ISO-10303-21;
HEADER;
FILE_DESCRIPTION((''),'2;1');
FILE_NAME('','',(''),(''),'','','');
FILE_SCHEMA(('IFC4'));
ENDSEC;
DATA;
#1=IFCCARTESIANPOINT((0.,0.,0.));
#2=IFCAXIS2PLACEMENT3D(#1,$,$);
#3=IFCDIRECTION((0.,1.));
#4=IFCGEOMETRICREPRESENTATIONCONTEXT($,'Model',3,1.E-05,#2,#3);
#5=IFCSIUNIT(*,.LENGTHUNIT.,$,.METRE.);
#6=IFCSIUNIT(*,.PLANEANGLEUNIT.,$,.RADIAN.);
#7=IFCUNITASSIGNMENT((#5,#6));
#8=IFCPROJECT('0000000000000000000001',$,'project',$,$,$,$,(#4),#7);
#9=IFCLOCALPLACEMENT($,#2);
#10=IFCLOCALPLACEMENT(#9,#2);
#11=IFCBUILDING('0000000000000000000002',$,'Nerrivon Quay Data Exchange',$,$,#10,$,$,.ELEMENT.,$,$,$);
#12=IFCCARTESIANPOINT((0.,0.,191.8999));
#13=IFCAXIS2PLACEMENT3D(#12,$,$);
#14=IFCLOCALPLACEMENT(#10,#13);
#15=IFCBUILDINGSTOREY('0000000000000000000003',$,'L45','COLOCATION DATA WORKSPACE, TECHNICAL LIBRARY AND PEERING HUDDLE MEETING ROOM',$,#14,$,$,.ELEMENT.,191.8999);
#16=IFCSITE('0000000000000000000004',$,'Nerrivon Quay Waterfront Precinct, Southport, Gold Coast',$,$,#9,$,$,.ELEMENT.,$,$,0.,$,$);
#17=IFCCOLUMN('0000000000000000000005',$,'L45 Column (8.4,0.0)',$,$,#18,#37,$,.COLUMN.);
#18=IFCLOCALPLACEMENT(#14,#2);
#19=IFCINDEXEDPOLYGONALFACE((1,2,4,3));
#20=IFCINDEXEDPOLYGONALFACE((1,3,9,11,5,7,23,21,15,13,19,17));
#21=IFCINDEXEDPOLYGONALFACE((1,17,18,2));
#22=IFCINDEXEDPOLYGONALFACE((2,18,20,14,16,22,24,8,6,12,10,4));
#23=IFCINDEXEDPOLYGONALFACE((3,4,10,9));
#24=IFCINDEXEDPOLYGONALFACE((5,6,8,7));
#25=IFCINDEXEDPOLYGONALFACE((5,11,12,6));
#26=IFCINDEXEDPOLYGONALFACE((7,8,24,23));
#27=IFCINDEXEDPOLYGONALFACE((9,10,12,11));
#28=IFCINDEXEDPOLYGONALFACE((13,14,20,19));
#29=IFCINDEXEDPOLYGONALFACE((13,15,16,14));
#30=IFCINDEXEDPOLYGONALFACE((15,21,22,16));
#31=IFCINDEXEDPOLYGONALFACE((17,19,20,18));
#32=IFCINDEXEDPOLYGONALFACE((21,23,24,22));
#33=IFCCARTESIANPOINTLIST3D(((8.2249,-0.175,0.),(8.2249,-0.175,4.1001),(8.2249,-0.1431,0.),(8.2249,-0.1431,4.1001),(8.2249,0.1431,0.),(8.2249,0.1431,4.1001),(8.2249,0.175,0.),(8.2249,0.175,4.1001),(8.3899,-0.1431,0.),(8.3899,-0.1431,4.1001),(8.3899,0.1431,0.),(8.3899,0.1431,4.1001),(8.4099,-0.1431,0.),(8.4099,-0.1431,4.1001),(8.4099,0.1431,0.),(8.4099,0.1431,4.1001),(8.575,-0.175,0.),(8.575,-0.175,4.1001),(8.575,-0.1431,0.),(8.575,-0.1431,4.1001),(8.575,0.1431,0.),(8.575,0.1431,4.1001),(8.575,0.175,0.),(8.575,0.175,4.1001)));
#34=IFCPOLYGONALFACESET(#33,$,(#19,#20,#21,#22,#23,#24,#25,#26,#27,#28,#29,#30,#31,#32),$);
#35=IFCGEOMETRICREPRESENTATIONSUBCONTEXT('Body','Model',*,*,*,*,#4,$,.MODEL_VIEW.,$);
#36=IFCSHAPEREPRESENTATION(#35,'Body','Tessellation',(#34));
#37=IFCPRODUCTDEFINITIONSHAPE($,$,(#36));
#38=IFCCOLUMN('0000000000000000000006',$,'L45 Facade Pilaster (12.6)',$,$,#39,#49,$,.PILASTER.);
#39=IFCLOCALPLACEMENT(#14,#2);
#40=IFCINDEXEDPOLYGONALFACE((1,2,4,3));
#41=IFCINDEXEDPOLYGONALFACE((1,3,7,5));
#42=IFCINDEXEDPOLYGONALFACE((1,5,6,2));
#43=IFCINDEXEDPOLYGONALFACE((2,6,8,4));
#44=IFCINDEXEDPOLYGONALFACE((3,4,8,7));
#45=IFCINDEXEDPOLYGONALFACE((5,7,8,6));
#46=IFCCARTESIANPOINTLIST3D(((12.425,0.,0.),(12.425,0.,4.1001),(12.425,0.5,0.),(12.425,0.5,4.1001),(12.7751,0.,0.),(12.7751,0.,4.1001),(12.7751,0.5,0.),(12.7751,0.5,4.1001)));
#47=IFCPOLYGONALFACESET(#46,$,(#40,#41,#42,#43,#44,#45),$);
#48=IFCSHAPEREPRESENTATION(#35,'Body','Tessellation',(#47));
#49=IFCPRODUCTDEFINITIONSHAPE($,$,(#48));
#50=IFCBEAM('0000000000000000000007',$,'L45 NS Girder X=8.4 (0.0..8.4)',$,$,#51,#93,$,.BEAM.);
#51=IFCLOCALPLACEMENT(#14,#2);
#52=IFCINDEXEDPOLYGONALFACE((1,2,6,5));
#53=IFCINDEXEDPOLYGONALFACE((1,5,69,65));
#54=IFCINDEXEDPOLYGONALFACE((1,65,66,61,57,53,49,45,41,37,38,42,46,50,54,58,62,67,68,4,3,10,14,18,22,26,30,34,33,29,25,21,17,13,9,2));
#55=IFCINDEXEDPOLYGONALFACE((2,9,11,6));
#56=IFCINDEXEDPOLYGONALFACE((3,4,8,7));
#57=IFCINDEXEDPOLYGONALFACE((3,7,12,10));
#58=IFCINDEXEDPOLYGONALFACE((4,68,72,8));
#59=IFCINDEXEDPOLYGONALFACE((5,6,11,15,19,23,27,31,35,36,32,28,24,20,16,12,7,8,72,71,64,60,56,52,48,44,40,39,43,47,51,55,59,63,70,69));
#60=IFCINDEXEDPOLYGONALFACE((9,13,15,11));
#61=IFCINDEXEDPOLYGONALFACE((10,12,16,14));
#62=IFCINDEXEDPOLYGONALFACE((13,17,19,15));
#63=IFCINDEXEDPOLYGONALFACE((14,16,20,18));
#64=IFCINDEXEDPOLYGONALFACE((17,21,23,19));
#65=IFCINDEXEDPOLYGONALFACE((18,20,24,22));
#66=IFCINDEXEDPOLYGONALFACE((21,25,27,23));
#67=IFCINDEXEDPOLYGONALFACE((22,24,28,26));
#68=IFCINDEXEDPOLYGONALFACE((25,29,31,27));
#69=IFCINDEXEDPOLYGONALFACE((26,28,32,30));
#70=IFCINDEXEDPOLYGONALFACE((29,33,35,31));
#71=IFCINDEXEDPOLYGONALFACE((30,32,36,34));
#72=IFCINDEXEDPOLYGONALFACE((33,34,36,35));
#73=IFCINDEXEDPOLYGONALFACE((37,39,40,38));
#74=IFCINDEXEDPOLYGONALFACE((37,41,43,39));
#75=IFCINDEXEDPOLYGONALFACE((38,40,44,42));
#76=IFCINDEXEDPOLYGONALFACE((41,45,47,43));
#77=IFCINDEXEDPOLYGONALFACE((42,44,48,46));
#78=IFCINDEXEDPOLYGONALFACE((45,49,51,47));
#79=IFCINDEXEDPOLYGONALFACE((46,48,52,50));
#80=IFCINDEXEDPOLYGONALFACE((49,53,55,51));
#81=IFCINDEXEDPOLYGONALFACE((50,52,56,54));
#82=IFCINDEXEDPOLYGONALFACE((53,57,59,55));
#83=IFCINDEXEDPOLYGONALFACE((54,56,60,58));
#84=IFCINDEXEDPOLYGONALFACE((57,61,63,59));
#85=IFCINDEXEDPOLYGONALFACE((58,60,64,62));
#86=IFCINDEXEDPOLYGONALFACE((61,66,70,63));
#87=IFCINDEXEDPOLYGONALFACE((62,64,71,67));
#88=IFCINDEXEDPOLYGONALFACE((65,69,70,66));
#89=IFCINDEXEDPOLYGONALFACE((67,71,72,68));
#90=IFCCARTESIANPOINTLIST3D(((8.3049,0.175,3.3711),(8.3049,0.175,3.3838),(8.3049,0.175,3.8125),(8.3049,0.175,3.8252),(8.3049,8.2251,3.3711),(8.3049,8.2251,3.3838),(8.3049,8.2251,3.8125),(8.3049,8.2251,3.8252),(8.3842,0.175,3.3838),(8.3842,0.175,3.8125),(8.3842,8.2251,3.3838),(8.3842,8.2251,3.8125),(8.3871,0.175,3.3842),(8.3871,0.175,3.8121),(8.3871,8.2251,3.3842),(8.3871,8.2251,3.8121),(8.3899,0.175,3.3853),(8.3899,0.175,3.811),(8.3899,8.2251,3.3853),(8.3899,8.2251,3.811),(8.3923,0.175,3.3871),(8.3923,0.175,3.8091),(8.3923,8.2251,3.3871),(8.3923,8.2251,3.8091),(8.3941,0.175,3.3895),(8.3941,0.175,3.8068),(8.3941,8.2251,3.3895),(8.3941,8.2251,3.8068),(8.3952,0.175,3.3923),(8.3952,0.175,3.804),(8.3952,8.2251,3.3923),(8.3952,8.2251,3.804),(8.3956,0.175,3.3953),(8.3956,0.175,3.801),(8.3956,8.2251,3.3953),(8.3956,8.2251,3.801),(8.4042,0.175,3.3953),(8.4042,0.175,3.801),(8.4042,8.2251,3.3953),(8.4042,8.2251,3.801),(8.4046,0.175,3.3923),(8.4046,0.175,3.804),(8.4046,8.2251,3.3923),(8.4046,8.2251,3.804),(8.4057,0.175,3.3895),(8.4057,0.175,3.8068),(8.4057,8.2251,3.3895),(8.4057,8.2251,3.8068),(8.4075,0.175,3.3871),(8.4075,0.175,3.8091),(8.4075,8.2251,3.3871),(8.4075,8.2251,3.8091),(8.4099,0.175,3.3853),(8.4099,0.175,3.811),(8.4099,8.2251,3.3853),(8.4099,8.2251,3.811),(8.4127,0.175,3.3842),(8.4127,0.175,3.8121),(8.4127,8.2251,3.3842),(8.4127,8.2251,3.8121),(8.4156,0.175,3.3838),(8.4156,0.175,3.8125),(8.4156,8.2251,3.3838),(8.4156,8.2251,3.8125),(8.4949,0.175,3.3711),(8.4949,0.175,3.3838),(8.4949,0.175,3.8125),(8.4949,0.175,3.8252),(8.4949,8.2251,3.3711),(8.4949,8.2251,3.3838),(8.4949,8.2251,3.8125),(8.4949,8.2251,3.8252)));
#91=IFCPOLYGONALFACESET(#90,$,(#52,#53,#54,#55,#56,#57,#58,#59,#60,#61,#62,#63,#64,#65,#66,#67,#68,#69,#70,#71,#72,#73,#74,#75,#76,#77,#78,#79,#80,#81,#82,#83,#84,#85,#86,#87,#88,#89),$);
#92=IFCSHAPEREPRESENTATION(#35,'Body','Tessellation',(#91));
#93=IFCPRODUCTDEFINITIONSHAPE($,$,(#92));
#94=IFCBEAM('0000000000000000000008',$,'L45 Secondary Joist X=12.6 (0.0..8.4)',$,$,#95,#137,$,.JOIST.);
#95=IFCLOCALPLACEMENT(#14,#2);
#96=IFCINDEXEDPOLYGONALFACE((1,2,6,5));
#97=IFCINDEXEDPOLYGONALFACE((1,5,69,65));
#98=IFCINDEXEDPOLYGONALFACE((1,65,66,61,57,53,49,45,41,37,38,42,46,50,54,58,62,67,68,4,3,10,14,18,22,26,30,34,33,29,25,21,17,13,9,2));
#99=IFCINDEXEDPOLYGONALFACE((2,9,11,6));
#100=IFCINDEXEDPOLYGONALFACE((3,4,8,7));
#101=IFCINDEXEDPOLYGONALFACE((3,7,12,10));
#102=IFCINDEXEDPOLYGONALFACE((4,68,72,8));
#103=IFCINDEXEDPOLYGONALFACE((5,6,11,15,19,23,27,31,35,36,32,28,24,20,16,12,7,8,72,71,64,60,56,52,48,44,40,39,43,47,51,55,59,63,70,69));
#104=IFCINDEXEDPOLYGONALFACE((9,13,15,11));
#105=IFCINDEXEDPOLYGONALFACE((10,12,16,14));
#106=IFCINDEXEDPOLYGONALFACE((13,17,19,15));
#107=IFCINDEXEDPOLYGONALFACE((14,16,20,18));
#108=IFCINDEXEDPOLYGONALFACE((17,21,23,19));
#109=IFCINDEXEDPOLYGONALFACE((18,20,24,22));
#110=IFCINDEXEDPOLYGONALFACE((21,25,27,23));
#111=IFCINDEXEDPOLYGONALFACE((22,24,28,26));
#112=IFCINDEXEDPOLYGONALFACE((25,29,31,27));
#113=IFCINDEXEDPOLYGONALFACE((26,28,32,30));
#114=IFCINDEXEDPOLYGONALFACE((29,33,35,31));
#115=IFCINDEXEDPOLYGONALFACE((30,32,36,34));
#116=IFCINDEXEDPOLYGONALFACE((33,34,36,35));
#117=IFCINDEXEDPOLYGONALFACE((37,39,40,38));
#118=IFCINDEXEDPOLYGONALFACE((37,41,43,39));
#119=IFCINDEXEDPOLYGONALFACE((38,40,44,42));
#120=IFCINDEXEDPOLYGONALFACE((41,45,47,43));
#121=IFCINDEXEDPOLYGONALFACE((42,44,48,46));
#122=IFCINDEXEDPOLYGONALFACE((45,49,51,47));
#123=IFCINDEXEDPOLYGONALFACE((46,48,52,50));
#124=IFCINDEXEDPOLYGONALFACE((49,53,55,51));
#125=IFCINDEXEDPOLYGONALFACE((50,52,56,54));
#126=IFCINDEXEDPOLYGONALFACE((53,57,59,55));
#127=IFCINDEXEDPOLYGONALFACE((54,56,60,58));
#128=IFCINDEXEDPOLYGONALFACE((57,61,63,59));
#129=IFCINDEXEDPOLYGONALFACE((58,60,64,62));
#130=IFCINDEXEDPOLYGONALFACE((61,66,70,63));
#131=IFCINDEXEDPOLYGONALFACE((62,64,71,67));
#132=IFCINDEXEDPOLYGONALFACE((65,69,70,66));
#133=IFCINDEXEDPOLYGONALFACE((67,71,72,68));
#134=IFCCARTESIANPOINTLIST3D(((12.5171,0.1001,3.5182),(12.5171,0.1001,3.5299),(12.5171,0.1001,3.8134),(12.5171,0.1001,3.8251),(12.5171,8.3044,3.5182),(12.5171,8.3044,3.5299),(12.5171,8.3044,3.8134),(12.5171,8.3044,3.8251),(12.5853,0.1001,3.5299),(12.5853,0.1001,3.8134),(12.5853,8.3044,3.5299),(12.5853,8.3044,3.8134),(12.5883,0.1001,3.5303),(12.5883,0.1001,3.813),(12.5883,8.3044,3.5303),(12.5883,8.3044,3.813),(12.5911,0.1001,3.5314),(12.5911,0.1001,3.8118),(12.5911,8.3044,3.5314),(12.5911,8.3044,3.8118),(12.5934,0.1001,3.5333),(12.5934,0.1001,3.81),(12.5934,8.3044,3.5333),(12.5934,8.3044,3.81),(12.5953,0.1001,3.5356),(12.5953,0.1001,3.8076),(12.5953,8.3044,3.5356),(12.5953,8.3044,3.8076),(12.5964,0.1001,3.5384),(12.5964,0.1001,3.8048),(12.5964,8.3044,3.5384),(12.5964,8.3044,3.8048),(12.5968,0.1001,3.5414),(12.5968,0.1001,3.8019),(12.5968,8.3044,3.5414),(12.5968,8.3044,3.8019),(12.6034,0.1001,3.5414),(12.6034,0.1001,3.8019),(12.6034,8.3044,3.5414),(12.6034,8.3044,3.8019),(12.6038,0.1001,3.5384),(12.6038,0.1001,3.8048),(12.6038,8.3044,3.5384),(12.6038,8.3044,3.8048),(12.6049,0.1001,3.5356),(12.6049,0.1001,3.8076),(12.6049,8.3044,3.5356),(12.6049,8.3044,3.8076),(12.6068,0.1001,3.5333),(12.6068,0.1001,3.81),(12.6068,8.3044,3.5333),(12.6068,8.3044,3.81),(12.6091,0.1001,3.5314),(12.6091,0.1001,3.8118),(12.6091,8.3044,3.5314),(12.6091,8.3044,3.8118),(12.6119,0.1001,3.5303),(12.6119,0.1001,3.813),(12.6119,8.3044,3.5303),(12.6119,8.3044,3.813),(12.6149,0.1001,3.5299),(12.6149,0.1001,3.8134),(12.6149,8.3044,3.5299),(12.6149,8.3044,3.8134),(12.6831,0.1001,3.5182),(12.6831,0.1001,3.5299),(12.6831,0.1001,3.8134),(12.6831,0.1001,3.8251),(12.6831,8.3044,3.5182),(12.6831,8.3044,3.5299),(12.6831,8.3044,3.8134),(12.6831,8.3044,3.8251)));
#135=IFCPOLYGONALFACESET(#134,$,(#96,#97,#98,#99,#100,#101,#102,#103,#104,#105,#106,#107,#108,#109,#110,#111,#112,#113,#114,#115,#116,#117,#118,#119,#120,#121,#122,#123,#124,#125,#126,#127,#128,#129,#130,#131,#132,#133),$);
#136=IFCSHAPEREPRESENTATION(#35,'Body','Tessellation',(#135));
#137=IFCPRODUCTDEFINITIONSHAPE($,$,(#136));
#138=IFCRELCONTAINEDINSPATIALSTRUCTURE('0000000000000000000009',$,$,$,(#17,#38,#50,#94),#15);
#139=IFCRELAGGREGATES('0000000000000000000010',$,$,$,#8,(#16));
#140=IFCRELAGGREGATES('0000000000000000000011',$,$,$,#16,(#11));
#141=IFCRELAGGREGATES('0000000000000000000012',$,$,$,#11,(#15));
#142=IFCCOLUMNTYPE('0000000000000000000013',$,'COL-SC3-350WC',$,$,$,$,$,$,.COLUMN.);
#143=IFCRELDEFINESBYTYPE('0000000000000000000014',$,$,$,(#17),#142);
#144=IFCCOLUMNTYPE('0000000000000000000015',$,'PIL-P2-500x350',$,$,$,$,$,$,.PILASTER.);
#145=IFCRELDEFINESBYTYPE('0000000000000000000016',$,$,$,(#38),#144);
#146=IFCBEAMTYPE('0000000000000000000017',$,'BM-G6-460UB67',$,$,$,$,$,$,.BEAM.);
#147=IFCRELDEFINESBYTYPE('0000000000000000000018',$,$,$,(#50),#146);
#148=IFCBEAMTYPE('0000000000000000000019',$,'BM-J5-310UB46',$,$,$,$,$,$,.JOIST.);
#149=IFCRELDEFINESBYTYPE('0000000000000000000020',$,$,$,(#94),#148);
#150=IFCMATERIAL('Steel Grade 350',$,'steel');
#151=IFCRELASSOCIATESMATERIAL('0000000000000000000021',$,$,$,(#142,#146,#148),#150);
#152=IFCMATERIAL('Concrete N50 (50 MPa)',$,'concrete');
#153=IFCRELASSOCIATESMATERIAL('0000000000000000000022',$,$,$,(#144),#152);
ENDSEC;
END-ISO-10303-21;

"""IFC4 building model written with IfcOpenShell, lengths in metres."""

from ifc_helpers import new_model, si_unit, direction, frame, origin, origin_2d, place, context, subcontext, project, spatial, rectangle, i_section, extrude, material, material_profile, profile_set, type_object, element, save


model = new_model("IFC4")

# Units and contexts
model_context = context("Model", 3, precision=1e-05, world=origin(), true_north=direction((0.0, 1.0)))
body_context = subcontext(model_context, "Body", "Model", "MODEL_VIEW")
ifc_project = project(units=[si_unit("LENGTHUNIT", "METRE"), si_unit("PLANEANGLEUNIT", "RADIAN")], contexts=[model_context])

# Site, building, storey
site_placement = place(None, origin())
site = spatial("IfcSite", under=ifc_project, at=site_placement, Name="Nerrivon Quay Waterfront Precinct, Southport, Gold Coast", CompositionType="ELEMENT", RefElevation=0.0)
building_placement = place(site_placement, origin())
building = spatial("IfcBuilding", under=site, at=building_placement, Name="Nerrivon Quay Data Exchange", CompositionType="ELEMENT")
storey_placement = place(building_placement, frame((0.0, 0.0, 191.8999)))
storey = spatial("IfcBuildingStorey", under=building, at=storey_placement, Name="L45", Description="COLOCATION DATA WORKSPACE, TECHNICAL LIBRARY AND PEERING HUDDLE MEETING ROOM", CompositionType="ELEMENT", Elevation=191.8999)

# Columns
ifc_material_1 = material(Name="Steel Grade 350", Category="steel")
ifc_material_profile_1 = material_profile(ifc_material_1, i_section(OverallWidth=0.3501, OverallDepth=0.3501, WebThickness=0.02, FlangeThickness=0.032, at=origin_2d()), Name="350WC230")
ifc_profile_set_1 = profile_set([ifc_material_profile_1], Name="Steel Grade 350")
column_type_1 = type_object("IfcColumnType", Name="COL-SC3-350WC", PredefinedType="COLUMN", material=ifc_profile_set_1)
column_1_placement = place(storey_placement, frame((8.3999, 0.0, 0.0), z_axis=(0.0, 0.0, 1.0), x_axis=(1.0, 0.0, 0.0)))
element("IfcColumn", 1, at=column_1_placement, inside=storey, type_object=column_type_1, Name="L45 Column (8.4,0.0)", PredefinedType="COLUMN", context=body_context, shape_type="SweptSolid", body=[
    extrude(i_section(OverallWidth=0.3501, OverallDepth=0.3501, WebThickness=0.02, FlangeThickness=0.032, at=origin_2d()), origin(), (0.0, 0.0, 1.0), 4.1001),
])
ifc_material_2 = material(Name="Concrete N50 (50 MPa)", Category="concrete")
ifc_material_profile_2 = material_profile(ifc_material_2, rectangle(XDim=0.3501, YDim=0.5, at=origin_2d()), Name="RC-PIL-500x350")
ifc_profile_set_2 = profile_set([ifc_material_profile_2], Name="Concrete N50 (50 MPa)")
column_type_2 = type_object("IfcColumnType", Name="PIL-P2-500x350", PredefinedType="PILASTER", material=ifc_profile_set_2)
column_2_placement = place(storey_placement, frame((12.6001, 0.25, 0.0), z_axis=(0.0, 0.0, 1.0), x_axis=(1.0, 0.0, 0.0)))
element("IfcColumn", 2, at=column_2_placement, inside=storey, type_object=column_type_2, Name="L45 Facade Pilaster (12.6)", PredefinedType="PILASTER", context=body_context, shape_type="SweptSolid", body=[
    extrude(rectangle(XDim=0.3501, YDim=0.5, at=origin_2d()), origin(), (0.0, 0.0, 1.0), 4.1001),
])

# Beams
ifc_material_profile_3 = material_profile(ifc_material_1, i_section(OverallWidth=0.1899, OverallDepth=0.4541, WebThickness=0.0085, FlangeThickness=0.0127, FilletRadius=0.0115, at=origin_2d()), Name="460UB67.1")
ifc_profile_set_3 = profile_set([ifc_material_profile_3], Name="Steel Grade 350")
beam_type_1 = type_object("IfcBeamType", Name="BM-G6-460UB67", PredefinedType="BEAM", material=ifc_profile_set_3)
beam_1_placement = place(storey_placement, frame((8.3999, 0.175, 3.5981), z_axis=(0.0, 1.0, 0.0), x_axis=(-1.0, 0.0, 0.0)))
element("IfcBeam", 3, at=beam_1_placement, inside=storey, type_object=beam_type_1, Name="L45 NS Girder X=8.4 (0.0..8.4)", PredefinedType="BEAM", context=body_context, shape_type="SweptSolid", body=[
    extrude(i_section(OverallWidth=0.1899, OverallDepth=0.4541, WebThickness=0.0085, FlangeThickness=0.0127, FilletRadius=0.0115, at=origin_2d()), origin(), (0.0, 0.0, 1.0), 8.05),
])
ifc_material_profile_4 = material_profile(ifc_material_1, i_section(OverallWidth=0.166, OverallDepth=0.3069, WebThickness=0.0066, FlangeThickness=0.0117, FilletRadius=0.0115, at=origin_2d()), Name="310UB46.2")
ifc_profile_set_4 = profile_set([ifc_material_profile_4], Name="Steel Grade 350")
beam_type_2 = type_object("IfcBeamType", Name="BM-J5-310UB46", PredefinedType="JOIST", material=ifc_profile_set_4)
beam_2_placement = place(storey_placement, frame((12.6001, 0.1001, 3.6716), z_axis=(0.0, 1.0, 0.0), x_axis=(-1.0, 0.0, 0.0)))
element("IfcBeam", 4, at=beam_2_placement, inside=storey, type_object=beam_type_2, Name="L45 Secondary Joist X=12.6 (0.0..8.4)", PredefinedType="JOIST", context=body_context, shape_type="SweptSolid", body=[
    extrude(i_section(OverallWidth=0.166, OverallDepth=0.3069, WebThickness=0.0066, FlangeThickness=0.0117, FilletRadius=0.0115, at=origin_2d()), origin(), (0.0, 0.0, 1.0), 8.2043),
])

save(model, "model.ifc")
